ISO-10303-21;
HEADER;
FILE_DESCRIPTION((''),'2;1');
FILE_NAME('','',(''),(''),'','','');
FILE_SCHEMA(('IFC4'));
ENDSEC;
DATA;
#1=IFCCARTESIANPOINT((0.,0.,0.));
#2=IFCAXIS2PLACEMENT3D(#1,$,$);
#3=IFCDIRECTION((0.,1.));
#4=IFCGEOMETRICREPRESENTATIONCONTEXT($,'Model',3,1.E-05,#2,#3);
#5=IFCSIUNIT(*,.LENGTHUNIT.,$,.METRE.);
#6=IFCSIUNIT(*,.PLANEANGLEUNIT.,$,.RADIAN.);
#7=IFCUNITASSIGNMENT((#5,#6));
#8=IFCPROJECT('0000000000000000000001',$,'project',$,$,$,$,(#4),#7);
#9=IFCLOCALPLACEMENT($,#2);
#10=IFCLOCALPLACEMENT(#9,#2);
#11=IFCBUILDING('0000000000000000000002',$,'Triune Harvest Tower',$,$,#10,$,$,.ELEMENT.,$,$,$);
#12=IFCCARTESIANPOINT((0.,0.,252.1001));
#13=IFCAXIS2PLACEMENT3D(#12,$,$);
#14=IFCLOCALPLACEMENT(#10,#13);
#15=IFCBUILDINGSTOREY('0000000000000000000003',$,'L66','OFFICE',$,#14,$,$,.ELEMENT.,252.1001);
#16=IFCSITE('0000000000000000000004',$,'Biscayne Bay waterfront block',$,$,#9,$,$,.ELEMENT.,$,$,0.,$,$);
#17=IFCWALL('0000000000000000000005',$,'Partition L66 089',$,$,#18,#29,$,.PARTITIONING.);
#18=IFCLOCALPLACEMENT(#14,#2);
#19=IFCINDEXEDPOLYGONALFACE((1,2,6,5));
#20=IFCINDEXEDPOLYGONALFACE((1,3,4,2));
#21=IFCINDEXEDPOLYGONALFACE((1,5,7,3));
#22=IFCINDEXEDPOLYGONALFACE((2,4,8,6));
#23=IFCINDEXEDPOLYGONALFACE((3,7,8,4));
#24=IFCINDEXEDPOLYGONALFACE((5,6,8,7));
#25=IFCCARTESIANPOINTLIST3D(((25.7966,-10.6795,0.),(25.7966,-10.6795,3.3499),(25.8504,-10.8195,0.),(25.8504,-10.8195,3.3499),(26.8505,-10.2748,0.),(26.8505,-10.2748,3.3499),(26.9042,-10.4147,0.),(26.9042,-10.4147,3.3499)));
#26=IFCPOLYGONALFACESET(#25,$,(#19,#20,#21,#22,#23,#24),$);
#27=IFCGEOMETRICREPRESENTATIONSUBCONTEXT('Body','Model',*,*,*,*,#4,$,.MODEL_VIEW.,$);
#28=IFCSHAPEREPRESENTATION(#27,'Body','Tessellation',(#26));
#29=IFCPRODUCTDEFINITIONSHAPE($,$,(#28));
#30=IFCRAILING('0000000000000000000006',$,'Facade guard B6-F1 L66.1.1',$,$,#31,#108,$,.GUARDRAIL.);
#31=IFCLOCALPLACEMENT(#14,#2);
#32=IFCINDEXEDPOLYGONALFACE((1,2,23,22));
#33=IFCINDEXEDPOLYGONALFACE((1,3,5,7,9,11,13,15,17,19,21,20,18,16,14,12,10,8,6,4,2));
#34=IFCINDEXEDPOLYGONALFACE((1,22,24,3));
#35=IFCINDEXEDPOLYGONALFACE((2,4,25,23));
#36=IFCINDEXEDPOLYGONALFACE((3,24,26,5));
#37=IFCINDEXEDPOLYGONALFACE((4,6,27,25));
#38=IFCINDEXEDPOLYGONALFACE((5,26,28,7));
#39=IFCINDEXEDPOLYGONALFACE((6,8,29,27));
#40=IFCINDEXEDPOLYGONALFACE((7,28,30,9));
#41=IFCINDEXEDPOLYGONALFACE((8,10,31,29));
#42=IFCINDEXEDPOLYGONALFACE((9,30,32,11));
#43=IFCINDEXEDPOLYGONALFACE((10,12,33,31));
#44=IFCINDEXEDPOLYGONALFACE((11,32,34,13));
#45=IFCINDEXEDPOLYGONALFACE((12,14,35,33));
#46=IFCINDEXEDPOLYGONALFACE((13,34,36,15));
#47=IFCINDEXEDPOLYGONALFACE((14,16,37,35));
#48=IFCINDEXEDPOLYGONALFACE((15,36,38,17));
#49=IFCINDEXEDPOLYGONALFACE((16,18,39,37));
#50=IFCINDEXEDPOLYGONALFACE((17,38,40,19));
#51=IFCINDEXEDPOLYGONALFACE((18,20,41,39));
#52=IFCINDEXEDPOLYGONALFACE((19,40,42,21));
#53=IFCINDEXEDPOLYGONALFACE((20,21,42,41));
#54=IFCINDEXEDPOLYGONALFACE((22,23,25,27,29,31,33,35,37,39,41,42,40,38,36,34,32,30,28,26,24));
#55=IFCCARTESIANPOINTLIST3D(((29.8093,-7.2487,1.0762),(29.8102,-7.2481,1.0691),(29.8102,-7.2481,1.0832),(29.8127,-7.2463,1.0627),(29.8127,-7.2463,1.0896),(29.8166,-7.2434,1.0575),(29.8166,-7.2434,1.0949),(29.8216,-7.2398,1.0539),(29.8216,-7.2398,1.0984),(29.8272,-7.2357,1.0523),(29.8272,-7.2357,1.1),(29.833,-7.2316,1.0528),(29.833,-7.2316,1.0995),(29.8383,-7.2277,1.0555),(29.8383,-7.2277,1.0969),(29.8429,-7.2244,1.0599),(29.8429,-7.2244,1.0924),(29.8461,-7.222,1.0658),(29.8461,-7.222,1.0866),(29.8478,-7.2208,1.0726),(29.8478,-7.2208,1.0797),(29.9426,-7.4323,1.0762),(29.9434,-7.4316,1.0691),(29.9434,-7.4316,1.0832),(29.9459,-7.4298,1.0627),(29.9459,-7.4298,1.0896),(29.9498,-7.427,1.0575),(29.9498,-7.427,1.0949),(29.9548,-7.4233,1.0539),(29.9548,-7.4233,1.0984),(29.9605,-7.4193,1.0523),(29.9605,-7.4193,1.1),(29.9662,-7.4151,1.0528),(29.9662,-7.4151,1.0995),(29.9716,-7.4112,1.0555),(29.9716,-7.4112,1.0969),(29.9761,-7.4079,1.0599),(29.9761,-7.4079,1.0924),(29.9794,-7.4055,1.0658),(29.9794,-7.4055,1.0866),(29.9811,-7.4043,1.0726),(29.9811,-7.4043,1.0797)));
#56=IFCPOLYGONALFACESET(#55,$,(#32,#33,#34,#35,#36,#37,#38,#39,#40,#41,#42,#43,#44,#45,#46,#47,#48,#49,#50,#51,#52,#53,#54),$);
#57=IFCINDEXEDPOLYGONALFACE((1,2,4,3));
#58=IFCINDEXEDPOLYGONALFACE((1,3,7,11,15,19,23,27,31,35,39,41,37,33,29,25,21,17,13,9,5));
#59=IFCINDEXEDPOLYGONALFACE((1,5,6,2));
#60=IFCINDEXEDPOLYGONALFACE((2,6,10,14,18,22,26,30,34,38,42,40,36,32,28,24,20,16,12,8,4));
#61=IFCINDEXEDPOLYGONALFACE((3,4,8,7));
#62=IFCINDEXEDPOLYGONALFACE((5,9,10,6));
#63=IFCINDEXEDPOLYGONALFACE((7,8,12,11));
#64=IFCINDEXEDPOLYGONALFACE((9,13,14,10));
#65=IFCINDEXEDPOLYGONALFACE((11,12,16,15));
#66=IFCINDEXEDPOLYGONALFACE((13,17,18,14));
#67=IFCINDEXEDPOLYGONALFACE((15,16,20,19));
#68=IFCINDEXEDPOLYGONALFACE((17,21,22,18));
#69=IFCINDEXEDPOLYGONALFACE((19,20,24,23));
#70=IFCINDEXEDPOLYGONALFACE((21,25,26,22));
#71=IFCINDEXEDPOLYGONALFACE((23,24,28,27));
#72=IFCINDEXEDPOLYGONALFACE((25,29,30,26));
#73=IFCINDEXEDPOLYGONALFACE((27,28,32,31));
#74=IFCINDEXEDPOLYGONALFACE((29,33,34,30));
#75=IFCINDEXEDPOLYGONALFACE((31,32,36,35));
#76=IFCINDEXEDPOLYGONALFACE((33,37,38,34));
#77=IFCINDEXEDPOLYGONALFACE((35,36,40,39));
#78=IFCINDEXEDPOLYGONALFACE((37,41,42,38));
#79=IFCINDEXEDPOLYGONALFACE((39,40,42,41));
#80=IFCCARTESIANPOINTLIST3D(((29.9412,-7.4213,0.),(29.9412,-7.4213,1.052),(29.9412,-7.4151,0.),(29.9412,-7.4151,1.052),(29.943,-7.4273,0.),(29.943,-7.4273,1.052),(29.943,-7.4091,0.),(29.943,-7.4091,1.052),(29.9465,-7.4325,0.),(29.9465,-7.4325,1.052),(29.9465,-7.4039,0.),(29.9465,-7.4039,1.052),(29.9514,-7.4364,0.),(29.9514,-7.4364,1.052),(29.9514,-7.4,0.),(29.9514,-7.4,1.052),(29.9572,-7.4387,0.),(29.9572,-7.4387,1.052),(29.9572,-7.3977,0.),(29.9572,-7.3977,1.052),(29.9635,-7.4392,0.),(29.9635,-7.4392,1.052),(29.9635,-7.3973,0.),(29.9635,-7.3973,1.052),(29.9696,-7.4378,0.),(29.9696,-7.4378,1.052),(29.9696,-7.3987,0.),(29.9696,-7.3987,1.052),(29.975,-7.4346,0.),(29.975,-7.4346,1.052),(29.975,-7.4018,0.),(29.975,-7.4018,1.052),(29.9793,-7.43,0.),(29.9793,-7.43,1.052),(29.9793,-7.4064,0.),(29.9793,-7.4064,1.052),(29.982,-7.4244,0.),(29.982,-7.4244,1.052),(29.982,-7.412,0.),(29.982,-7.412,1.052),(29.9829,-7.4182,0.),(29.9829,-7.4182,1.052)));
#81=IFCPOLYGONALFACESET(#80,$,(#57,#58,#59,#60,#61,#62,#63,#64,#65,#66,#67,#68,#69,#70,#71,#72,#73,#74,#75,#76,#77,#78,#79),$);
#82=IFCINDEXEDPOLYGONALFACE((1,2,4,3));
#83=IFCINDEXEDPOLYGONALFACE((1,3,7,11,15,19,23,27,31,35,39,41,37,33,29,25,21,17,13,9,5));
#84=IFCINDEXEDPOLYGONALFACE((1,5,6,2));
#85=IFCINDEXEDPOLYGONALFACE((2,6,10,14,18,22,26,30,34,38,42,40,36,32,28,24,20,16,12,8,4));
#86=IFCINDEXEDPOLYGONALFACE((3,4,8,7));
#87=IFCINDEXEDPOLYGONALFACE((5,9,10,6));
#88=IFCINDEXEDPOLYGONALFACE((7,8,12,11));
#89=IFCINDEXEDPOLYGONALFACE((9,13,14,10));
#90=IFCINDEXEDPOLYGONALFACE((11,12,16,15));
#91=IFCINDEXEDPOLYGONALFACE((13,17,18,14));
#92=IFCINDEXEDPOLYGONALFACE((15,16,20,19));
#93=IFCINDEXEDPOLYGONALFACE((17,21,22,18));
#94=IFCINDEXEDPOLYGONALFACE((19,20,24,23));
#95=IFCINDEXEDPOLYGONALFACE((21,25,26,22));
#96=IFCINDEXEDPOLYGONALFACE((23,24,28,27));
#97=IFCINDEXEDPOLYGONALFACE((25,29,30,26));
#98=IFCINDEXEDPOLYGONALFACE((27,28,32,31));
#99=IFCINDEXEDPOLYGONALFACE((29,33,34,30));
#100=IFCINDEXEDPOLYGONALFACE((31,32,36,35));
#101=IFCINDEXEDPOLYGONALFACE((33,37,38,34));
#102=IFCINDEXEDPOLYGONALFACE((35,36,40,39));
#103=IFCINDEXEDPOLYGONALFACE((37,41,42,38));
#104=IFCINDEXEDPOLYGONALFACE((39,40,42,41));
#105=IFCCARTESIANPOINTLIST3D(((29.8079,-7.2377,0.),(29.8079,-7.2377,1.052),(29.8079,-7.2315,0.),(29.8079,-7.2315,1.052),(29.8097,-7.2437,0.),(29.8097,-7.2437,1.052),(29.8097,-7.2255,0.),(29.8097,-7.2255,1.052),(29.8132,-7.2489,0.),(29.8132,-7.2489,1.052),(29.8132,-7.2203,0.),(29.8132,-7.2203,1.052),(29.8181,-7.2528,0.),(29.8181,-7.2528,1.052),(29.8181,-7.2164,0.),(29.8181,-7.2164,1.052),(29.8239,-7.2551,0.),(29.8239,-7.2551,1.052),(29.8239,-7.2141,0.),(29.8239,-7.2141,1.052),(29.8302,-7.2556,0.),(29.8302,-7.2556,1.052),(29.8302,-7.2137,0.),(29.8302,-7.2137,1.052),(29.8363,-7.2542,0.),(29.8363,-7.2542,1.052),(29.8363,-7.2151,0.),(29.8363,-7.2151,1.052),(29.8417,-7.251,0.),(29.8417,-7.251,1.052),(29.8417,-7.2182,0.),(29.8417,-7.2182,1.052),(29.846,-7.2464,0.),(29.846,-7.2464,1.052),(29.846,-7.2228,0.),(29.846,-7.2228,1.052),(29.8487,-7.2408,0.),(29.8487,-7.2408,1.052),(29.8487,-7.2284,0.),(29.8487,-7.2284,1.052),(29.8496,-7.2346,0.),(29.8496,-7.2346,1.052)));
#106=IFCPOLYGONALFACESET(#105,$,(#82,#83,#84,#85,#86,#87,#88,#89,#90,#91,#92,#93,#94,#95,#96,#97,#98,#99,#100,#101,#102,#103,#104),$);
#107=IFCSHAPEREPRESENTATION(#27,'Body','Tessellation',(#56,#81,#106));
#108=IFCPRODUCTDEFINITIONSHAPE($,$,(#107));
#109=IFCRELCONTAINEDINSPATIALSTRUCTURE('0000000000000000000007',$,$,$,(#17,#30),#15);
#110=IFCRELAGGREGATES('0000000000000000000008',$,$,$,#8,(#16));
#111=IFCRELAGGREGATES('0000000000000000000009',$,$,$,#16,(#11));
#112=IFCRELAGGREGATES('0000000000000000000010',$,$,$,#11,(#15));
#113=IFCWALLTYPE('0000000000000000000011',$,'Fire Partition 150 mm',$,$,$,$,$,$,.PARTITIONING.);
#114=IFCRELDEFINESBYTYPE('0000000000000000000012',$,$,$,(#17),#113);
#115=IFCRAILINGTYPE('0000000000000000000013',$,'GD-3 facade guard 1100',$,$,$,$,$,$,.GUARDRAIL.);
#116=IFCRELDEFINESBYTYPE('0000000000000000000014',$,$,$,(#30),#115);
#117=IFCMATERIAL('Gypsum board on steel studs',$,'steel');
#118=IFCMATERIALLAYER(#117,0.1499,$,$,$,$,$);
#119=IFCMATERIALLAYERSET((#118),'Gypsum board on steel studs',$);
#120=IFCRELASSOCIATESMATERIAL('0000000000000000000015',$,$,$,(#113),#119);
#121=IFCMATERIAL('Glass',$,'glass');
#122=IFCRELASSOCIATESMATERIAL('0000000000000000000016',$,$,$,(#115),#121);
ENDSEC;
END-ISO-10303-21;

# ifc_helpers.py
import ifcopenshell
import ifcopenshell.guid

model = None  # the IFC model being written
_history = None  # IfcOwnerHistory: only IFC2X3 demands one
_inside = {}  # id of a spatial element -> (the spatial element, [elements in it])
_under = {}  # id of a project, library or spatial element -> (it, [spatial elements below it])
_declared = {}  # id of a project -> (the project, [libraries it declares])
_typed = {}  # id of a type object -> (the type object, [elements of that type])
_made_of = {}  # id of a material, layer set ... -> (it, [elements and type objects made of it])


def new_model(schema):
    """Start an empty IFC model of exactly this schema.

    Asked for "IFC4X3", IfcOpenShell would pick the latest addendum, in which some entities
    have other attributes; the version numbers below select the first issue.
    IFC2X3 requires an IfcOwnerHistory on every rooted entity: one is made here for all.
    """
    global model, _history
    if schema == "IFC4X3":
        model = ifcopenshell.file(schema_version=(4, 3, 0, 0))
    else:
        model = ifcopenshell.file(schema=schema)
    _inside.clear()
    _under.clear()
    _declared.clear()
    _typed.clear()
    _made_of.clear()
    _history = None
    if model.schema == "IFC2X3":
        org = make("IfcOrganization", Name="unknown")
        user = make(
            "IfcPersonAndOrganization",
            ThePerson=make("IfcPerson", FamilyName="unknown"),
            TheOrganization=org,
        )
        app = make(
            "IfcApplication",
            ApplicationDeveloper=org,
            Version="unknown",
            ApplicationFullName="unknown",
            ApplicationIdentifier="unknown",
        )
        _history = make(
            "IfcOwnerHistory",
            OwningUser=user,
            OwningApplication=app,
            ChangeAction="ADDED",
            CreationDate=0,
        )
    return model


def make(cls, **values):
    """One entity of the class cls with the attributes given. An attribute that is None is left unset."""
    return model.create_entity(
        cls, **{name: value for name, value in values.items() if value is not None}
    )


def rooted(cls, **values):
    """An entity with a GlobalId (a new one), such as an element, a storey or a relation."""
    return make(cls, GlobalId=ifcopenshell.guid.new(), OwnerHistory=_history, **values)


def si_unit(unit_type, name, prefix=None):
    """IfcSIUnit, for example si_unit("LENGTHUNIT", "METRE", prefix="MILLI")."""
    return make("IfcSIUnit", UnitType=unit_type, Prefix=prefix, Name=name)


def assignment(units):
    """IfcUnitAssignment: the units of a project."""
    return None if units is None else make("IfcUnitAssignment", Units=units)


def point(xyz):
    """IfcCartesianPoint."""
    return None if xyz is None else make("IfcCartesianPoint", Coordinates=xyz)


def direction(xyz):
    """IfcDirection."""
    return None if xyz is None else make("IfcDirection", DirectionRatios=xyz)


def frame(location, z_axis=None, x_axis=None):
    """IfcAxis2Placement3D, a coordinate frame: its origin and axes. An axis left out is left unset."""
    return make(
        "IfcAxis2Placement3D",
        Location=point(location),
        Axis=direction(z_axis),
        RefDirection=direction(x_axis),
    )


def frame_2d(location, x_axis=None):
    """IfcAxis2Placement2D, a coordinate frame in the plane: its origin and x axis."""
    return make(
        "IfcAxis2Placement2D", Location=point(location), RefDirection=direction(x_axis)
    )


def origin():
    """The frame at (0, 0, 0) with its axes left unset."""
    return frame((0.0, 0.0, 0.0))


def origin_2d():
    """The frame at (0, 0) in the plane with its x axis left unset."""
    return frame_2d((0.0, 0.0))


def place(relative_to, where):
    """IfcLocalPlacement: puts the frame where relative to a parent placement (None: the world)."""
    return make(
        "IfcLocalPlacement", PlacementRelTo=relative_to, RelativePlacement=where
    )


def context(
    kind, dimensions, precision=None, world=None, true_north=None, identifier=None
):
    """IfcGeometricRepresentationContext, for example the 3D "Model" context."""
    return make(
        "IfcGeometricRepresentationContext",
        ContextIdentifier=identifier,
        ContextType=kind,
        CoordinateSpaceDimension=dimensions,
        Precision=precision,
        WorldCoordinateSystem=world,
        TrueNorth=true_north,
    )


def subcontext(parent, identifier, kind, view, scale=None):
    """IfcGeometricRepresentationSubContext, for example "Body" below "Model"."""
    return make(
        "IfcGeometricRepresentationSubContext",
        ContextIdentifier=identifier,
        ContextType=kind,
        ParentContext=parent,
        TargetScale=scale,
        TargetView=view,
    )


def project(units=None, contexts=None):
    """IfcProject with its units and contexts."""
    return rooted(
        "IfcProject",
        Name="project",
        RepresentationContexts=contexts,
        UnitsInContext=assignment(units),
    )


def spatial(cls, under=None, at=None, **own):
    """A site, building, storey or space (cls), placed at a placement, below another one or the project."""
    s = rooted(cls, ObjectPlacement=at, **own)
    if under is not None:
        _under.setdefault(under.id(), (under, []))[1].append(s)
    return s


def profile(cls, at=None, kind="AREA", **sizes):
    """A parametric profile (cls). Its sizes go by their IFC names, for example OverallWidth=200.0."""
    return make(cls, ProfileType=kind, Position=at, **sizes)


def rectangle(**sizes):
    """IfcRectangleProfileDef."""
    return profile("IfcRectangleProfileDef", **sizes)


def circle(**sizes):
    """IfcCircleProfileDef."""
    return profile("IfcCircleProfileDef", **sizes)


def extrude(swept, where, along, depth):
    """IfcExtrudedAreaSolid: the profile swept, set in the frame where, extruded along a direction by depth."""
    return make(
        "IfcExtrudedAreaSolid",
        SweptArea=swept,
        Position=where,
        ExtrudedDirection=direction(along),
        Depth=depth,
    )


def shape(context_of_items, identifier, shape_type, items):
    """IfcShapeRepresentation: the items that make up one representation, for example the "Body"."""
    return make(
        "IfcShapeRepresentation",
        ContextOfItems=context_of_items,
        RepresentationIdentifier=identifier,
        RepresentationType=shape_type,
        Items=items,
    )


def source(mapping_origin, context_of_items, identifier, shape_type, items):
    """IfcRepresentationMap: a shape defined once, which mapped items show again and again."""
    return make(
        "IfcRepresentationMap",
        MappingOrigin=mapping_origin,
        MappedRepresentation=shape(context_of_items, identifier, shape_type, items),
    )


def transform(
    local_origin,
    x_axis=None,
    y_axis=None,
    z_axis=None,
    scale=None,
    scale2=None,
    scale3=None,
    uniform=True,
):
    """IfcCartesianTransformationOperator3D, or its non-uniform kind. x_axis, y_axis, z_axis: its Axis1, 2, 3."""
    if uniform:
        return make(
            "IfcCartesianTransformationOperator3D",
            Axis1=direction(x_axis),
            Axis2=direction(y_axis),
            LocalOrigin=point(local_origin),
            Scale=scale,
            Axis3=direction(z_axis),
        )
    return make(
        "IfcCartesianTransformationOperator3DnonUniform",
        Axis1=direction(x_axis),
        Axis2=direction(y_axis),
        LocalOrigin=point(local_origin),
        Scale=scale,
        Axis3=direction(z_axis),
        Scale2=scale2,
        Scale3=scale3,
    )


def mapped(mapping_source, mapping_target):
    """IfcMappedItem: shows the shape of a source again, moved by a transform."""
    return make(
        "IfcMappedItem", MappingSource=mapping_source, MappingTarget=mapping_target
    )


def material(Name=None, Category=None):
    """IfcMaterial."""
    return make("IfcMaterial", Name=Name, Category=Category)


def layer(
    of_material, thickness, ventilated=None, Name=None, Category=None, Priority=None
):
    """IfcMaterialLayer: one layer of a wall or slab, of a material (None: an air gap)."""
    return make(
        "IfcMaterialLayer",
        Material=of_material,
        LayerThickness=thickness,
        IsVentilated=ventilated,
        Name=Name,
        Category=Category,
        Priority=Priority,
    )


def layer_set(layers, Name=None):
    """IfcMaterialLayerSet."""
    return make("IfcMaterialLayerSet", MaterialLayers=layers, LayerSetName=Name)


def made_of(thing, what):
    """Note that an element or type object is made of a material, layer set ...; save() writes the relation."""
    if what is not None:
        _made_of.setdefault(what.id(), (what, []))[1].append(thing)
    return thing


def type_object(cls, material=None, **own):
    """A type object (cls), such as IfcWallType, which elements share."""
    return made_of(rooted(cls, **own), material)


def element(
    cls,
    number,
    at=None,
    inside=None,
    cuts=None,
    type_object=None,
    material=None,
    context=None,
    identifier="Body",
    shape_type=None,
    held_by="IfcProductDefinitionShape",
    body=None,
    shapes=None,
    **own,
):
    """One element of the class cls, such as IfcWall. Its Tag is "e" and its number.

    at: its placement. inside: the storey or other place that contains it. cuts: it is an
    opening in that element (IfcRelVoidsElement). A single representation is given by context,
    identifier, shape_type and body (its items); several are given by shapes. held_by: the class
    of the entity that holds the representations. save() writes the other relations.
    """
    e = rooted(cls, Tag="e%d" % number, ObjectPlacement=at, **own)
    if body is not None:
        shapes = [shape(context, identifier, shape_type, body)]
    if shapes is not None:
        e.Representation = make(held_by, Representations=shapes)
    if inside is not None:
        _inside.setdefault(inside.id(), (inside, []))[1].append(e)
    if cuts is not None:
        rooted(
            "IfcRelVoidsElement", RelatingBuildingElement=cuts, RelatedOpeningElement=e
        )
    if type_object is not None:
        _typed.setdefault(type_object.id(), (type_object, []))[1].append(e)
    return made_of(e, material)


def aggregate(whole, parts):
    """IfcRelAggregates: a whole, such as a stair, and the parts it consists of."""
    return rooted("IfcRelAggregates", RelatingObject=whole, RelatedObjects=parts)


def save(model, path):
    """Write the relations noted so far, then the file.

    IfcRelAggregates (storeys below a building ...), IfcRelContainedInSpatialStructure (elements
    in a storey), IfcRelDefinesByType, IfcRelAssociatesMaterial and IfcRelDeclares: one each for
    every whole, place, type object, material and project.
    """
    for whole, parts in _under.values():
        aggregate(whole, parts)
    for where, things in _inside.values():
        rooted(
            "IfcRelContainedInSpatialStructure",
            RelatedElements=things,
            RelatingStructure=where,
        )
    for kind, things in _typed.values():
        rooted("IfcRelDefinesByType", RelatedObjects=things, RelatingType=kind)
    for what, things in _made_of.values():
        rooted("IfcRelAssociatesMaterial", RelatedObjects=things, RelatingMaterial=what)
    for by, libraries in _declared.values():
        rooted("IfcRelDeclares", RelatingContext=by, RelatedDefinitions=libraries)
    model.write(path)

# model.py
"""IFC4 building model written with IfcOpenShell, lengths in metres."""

from ifc_helpers import new_model, si_unit, direction, frame, frame_2d, origin, origin_2d, place, context, subcontext, project, spatial, rectangle, circle, extrude, source, transform, mapped, material, layer, layer_set, type_object, element, save


model = new_model("IFC4")

# Units and contexts
model_context = context("Model", 3, precision=1e-05, world=origin(), true_north=direction((0.0, 1.0)))
body_context = subcontext(model_context, "Body", "Model", "MODEL_VIEW")
ifc_project = project(units=[si_unit("LENGTHUNIT", "METRE"), si_unit("PLANEANGLEUNIT", "RADIAN")], contexts=[model_context])

# Site, building, storey
site_placement = place(None, origin())
site = spatial("IfcSite", under=ifc_project, at=site_placement, Name="Biscayne Bay waterfront block", CompositionType="ELEMENT", RefElevation=0.0)
building_placement = place(site_placement, origin())
building = spatial("IfcBuilding", under=site, at=building_placement, Name="Triune Harvest Tower", CompositionType="ELEMENT")
storey_placement = place(building_placement, frame((0.0, 0.0, 252.1001)))
storey = spatial("IfcBuildingStorey", under=building, at=storey_placement, Name="L66", Description="OFFICE", CompositionType="ELEMENT", Elevation=252.1001)

# Shared definitions
ifc_material_1 = material(Name="Gypsum board on steel studs", Category="steel")
ifc_layer_1 = layer(ifc_material_1, 0.1499)
ifc_layer_set_1 = layer_set([ifc_layer_1], Name="Gypsum board on steel studs")
wall_type_1 = type_object("IfcWallType", Name="Fire Partition 150 mm", PredefinedType="PARTITIONING", material=ifc_layer_set_1)

# Wall
shared_shape_1 = source(origin(), body_context, "Body", "SweptSolid", [
    extrude(rectangle(XDim=1.1289, YDim=0.1499, at=frame_2d((0.5645, 0.0))), origin(), (0.0, 0.0, 1.0), 3.3499),
])
wall_1_placement = place(storey_placement, frame((25.8235, -10.7495, 0.0), z_axis=(0.0, 0.0, 1.0), x_axis=(0.933518, 0.35853, 0.0)))
element("IfcWall", 1, at=wall_1_placement, inside=storey, type_object=wall_type_1, Name="Partition L66 089", PredefinedType="PARTITIONING", context=body_context, shape_type="MappedRepresentation", body=[
    mapped(shared_shape_1, transform((0.0, 0.0, 0.0), scale=1.0)),
])

# Railing
ifc_material_2 = material(Name="Glass", Category="glass")
railing_type = type_object("IfcRailingType", Name="GD-3 facade guard 1100", PredefinedType="GUARDRAIL", material=ifc_material_2)
railing_placement = place(storey_placement, frame((29.9619, -7.4182, 0.0)))
element("IfcRailing", 2, at=railing_placement, inside=storey, type_object=railing_type, Name="Facade guard B6-F1 L66.1.1", PredefinedType="GUARDRAIL", context=body_context, shape_type="SweptSolid", body=[
    extrude(circle(Radius=0.0239, at=origin_2d()), frame((0.0, 0.0, 1.0762), z_axis=(-0.587532, 0.809201, 0.0), x_axis=(-0.809201, -0.587532, 0.0)), (0.0, 0.0, 1.0), 0.2268),
    extrude(circle(Radius=0.021, at=origin_2d()), origin(), (0.0, 0.0, 1.0), 1.052),
    extrude(circle(Radius=0.021, at=origin_2d()), frame((-0.1333, 0.1836, 0.0)), (0.0, 0.0, 1.0), 1.052),
])

save(model, "model.ifc")
